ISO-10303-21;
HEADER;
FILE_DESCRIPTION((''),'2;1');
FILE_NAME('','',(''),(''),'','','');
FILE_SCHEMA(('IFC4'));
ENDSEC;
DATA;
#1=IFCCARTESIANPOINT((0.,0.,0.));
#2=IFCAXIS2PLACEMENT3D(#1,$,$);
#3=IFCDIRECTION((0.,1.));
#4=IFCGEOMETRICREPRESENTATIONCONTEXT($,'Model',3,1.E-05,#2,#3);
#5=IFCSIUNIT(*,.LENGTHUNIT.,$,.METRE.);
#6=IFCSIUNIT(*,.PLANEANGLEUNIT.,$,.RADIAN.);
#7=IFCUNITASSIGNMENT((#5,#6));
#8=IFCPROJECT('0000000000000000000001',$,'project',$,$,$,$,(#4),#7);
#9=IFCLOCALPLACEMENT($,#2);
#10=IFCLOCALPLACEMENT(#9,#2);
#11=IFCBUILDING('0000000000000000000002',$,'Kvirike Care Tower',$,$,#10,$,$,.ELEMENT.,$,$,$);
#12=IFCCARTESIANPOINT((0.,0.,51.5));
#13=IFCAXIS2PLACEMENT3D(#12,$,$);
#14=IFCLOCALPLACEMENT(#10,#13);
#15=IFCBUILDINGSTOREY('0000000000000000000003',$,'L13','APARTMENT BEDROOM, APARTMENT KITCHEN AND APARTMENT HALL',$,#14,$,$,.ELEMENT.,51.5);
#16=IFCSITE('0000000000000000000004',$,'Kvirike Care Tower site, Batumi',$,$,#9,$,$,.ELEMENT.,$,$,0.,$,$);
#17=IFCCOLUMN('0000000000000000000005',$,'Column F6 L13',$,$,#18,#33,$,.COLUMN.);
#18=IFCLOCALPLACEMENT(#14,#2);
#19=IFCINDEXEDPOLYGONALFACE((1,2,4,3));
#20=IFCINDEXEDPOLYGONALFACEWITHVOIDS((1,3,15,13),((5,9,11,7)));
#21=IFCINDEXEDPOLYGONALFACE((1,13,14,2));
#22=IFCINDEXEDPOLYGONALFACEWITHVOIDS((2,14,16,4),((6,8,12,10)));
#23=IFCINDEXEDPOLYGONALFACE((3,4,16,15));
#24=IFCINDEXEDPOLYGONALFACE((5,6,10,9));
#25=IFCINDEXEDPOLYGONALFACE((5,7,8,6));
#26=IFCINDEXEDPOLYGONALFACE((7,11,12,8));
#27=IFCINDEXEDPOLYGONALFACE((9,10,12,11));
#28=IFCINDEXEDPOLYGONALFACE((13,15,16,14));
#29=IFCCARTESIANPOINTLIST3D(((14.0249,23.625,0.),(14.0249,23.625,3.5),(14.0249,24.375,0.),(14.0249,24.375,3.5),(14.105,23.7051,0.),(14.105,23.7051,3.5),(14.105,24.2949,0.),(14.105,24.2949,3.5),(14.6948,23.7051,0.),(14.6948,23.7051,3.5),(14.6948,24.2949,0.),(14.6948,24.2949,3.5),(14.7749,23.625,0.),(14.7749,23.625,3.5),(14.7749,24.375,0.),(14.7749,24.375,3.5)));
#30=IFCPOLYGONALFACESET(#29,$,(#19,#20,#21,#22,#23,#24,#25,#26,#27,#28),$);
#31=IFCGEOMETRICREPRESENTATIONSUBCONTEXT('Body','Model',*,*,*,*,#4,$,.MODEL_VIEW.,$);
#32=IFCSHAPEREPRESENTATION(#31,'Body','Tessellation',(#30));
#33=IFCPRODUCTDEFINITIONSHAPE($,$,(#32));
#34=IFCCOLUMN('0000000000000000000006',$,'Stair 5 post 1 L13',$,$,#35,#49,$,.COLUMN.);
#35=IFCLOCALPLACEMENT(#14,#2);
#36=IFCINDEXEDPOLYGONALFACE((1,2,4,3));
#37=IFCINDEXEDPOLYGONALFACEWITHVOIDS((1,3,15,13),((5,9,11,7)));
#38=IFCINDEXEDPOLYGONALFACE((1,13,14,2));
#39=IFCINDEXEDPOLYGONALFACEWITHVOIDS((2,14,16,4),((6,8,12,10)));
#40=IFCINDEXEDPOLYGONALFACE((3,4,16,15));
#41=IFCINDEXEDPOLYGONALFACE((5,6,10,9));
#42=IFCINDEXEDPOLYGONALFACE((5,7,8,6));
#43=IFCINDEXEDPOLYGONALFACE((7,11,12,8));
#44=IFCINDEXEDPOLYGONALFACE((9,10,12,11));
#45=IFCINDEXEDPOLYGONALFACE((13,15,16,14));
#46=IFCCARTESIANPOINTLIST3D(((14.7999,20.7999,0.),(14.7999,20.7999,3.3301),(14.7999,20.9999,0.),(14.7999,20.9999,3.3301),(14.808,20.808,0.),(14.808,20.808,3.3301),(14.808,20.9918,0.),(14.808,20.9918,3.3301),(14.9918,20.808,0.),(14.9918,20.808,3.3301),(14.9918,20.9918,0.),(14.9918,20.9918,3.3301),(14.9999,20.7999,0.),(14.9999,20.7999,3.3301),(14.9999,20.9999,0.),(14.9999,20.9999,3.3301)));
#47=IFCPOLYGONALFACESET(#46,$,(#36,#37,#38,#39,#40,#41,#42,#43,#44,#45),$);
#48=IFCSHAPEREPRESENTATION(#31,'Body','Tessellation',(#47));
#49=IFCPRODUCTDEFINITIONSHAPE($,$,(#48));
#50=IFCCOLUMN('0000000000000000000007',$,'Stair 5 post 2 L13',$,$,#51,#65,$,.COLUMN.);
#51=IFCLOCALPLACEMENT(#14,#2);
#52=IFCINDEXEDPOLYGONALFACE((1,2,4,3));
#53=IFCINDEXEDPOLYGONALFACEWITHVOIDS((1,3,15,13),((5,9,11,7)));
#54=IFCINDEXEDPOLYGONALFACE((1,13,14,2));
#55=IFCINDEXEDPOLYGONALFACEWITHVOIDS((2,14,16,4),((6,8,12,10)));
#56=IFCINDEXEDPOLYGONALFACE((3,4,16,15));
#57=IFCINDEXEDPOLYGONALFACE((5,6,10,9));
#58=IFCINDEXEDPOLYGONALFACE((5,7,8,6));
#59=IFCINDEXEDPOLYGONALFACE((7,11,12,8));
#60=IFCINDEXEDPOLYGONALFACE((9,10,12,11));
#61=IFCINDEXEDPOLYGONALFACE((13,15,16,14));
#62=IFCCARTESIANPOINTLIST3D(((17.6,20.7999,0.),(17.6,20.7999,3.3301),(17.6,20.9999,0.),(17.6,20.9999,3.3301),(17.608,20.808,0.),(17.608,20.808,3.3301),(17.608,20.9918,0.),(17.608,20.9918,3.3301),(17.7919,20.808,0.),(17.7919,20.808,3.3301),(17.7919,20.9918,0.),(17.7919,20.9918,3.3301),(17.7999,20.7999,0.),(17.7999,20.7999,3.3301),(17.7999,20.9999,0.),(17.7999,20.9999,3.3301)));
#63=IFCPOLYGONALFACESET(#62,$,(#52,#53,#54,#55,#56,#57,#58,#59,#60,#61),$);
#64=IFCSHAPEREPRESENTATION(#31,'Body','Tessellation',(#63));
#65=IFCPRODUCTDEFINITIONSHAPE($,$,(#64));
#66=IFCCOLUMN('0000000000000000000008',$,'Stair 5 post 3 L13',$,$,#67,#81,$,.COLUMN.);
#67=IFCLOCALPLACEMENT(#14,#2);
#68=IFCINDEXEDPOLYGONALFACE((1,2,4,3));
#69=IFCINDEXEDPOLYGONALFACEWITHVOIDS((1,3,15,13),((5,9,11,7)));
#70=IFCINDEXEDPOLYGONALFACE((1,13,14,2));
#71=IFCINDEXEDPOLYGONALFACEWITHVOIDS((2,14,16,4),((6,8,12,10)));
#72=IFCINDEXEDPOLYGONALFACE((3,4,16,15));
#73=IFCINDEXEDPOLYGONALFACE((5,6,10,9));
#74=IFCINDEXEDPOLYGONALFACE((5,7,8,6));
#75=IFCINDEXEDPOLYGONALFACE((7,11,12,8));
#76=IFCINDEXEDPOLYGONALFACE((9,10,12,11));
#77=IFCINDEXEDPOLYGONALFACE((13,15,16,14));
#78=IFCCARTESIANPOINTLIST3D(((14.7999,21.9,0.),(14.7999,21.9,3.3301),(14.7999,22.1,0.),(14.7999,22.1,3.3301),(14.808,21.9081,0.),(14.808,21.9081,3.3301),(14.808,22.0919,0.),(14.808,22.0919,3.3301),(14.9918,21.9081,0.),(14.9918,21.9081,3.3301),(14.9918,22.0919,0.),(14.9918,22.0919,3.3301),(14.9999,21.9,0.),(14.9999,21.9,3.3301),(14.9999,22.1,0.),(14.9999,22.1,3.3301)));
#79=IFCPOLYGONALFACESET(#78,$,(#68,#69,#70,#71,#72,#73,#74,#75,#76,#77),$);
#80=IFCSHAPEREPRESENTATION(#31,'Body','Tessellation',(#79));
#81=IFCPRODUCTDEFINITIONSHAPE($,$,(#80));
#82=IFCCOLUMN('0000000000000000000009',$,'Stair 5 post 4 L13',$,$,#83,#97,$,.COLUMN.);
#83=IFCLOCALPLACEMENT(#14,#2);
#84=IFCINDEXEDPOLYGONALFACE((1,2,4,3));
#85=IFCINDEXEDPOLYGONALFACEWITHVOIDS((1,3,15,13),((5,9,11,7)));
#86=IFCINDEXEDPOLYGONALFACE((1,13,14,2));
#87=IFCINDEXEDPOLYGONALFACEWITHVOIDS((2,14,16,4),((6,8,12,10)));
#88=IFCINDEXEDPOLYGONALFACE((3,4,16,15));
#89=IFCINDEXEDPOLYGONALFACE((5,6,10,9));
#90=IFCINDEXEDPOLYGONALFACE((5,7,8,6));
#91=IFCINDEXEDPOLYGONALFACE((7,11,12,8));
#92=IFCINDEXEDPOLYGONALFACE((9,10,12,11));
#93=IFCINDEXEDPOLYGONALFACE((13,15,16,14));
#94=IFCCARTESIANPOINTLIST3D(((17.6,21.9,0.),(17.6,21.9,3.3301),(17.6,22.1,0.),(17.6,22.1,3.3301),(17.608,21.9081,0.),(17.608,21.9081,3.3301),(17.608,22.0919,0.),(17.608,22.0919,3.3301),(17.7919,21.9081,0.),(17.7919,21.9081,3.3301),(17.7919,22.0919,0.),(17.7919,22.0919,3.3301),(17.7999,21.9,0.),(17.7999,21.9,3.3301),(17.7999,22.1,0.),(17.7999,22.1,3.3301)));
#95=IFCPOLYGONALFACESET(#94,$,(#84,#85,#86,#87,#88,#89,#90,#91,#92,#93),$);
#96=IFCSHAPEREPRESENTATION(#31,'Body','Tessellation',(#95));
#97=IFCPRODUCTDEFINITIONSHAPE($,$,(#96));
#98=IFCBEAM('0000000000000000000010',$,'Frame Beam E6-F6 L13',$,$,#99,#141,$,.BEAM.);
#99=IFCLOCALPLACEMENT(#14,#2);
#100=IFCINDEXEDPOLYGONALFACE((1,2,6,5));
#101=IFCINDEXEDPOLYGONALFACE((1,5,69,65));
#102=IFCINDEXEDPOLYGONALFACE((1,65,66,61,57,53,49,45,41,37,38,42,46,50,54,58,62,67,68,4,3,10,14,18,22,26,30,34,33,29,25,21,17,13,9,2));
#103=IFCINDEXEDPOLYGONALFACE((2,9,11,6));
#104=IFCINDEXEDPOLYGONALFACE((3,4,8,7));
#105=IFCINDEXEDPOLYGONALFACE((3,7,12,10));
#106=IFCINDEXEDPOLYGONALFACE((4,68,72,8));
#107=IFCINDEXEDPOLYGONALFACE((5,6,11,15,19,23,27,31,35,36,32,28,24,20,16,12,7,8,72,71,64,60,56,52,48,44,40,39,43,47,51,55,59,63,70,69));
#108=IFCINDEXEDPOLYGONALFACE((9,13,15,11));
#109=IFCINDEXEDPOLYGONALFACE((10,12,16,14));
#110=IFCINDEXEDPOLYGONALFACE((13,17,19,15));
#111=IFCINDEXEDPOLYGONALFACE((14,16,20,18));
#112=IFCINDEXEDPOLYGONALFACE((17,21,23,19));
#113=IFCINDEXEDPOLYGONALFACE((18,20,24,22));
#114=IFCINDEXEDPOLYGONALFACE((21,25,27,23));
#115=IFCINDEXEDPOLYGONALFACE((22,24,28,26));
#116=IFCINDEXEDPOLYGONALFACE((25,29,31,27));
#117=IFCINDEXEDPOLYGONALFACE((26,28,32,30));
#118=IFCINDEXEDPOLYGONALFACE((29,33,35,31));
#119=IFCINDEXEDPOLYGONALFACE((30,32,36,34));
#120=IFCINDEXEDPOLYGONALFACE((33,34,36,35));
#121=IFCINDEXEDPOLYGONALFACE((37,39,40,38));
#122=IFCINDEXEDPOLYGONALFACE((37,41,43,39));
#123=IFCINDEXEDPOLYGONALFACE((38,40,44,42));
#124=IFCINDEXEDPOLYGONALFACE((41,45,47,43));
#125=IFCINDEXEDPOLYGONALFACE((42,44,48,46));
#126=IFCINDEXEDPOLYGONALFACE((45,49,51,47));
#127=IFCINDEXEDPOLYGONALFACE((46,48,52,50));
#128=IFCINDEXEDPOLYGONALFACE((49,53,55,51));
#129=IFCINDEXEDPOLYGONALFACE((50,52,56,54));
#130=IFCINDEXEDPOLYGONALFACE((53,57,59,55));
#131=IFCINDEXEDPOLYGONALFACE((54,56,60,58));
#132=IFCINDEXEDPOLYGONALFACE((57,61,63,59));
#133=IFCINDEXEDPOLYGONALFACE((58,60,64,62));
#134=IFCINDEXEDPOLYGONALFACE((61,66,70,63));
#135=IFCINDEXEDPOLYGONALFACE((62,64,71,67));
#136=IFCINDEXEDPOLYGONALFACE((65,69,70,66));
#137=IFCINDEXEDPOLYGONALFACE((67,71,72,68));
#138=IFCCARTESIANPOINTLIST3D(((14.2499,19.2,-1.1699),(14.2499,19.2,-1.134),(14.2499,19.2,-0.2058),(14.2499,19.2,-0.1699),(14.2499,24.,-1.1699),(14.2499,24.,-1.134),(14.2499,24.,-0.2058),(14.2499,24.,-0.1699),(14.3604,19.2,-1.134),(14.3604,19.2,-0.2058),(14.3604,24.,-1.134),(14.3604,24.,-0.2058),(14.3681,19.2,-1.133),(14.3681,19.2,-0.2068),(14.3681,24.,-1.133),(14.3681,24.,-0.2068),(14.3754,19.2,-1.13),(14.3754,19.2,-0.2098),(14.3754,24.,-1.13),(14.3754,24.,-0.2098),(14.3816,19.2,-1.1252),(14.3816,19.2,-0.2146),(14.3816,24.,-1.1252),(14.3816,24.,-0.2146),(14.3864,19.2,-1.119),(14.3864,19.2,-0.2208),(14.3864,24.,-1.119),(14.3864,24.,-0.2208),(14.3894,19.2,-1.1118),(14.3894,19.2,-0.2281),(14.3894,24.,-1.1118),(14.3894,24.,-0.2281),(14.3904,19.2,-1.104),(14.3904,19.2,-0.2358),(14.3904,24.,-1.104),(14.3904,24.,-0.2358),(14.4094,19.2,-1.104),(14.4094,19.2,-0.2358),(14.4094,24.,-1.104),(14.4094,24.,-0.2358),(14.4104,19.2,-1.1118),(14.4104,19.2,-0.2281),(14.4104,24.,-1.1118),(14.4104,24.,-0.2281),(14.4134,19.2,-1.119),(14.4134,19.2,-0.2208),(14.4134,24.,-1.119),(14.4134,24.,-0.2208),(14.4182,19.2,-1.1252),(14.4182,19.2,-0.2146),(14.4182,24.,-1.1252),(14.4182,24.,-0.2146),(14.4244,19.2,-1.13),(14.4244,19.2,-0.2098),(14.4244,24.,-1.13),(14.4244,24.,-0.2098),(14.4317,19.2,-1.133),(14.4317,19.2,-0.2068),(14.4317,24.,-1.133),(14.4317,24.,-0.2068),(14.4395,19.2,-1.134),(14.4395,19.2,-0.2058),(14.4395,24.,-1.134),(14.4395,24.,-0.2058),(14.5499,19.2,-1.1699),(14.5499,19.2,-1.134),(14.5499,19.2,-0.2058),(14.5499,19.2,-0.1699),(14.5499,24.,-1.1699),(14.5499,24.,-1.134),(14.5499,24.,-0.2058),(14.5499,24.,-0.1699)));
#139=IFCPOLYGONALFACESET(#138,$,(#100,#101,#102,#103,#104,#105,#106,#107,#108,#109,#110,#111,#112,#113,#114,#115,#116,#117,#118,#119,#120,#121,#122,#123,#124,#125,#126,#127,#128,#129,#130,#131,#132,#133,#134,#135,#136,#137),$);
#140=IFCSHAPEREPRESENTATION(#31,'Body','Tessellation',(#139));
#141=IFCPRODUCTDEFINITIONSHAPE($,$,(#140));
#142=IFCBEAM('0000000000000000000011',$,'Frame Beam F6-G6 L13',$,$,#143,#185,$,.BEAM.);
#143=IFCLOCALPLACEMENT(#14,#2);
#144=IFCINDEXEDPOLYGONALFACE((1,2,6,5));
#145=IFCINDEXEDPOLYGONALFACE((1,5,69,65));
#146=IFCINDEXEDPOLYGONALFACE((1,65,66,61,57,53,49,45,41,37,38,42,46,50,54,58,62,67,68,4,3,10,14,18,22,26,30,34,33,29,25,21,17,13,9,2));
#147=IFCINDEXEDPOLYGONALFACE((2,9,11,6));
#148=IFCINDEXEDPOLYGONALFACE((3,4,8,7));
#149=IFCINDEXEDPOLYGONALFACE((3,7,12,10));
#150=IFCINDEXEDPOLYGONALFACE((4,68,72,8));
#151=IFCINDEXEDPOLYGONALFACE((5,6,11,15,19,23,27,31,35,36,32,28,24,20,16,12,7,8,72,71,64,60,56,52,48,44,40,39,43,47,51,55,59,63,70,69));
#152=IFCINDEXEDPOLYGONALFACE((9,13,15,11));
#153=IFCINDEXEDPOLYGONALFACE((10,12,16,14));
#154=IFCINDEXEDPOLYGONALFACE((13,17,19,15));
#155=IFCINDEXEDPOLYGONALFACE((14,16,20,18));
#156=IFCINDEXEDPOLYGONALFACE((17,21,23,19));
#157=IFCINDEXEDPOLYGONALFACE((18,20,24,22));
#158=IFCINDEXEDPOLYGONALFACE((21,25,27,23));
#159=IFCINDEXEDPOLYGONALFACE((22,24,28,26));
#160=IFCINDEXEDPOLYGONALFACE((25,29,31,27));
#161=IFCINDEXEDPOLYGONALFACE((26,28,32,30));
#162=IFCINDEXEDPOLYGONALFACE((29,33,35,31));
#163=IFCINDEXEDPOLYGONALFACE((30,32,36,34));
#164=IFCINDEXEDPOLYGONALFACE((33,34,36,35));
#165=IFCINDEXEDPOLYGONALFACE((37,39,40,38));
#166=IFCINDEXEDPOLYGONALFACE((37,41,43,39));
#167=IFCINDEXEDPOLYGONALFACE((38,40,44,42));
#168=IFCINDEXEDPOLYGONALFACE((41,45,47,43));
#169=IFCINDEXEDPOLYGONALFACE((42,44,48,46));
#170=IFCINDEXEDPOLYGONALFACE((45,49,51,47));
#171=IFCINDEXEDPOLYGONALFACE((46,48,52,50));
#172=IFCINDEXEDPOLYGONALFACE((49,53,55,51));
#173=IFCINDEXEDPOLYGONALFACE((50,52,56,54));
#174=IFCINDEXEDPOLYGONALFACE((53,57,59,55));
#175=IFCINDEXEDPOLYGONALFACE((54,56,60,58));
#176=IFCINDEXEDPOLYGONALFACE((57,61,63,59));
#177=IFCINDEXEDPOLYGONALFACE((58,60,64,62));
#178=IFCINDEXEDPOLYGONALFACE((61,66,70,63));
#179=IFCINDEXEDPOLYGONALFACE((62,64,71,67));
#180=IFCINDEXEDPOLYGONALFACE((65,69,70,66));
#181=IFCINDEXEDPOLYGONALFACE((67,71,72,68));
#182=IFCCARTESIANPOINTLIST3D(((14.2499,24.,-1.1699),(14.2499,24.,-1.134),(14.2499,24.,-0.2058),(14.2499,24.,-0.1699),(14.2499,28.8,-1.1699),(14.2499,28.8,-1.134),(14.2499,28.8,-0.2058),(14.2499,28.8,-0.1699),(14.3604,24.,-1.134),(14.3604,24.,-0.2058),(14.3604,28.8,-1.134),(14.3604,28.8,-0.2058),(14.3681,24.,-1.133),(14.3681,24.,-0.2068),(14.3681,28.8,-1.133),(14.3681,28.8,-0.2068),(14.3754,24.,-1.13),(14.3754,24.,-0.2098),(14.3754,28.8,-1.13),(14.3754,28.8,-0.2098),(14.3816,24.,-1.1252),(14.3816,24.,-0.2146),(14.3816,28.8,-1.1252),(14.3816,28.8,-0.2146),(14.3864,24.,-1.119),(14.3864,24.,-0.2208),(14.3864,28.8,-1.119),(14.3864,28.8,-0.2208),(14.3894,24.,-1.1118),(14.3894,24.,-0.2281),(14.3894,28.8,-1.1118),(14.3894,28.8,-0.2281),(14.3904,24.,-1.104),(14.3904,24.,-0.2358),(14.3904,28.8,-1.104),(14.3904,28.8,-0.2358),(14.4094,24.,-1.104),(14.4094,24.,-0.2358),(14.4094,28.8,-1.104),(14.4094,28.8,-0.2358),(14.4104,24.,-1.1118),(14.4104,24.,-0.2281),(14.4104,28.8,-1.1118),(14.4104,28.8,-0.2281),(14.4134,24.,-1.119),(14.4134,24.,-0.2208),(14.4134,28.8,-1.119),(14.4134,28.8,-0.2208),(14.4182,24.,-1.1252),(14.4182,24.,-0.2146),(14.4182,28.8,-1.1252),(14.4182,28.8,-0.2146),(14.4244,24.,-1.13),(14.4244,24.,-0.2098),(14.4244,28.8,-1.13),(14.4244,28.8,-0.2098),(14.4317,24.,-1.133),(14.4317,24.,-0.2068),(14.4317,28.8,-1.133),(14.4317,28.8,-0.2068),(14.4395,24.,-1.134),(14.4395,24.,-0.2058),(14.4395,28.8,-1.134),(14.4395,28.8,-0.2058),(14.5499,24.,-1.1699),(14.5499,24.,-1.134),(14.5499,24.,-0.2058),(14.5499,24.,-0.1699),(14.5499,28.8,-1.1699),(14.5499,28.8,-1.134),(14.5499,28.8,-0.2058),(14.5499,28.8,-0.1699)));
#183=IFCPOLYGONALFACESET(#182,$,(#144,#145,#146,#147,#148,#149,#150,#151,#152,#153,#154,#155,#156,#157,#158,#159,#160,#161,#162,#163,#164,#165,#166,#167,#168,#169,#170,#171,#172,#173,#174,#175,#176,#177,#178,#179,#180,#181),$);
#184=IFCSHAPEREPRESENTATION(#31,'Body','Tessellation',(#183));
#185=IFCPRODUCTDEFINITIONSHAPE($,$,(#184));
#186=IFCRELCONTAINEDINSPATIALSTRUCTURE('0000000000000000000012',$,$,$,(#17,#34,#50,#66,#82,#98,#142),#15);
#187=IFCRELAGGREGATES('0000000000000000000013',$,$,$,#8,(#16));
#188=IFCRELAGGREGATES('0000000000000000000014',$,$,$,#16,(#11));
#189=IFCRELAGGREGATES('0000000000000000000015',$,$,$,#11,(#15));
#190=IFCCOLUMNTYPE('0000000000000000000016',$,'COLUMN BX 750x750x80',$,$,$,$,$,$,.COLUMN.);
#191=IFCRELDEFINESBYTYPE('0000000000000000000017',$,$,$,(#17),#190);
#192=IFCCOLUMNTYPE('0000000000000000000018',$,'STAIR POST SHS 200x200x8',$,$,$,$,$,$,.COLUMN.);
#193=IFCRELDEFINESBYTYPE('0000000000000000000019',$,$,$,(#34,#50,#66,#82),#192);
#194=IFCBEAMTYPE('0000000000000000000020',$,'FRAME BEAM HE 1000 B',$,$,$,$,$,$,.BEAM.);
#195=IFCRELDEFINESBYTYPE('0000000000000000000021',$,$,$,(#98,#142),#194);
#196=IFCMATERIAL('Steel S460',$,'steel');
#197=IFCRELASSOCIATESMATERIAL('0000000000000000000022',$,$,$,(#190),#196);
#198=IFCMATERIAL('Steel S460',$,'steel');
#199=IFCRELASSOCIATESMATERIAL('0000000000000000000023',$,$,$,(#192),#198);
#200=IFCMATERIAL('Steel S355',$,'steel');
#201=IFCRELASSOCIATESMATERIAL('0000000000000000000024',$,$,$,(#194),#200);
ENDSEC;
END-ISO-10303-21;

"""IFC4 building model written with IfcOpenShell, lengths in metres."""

from ifc_helpers import new_model, si_unit, direction, frame, origin, origin_2d, place, context, subcontext, project, spatial, hollow_rectangle, i_section, extrude, material, material_profile, profile_set, type_object, element, save


model = new_model("IFC4")

# Units and contexts
model_context = context("Model", 3, precision=1e-05, world=origin(), true_north=direction((0.0, 1.0)))
body_context = subcontext(model_context, "Body", "Model", "MODEL_VIEW")
ifc_project = project(units=[si_unit("LENGTHUNIT", "METRE"), si_unit("PLANEANGLEUNIT", "RADIAN")], contexts=[model_context])

# Site, building, storey
site_placement = place(None, origin())
site = spatial("IfcSite", under=ifc_project, at=site_placement, Name="Kvirike Care Tower site, Batumi", CompositionType="ELEMENT", RefElevation=0.0)
building_placement = place(site_placement, origin())
building = spatial("IfcBuilding", under=site, at=building_placement, Name="Kvirike Care Tower", CompositionType="ELEMENT")
storey_placement = place(building_placement, frame((0.0, 0.0, 51.5)))
storey = spatial("IfcBuildingStorey", under=building, at=storey_placement, Name="L13", Description="APARTMENT BEDROOM, APARTMENT KITCHEN AND APARTMENT HALL", CompositionType="ELEMENT", Elevation=51.5)

# Columns
ifc_material_1 = material(Name="Steel S460", Category="steel")
ifc_material_profile_1 = material_profile(ifc_material_1, hollow_rectangle(XDim=0.75, YDim=0.75, WallThickness=0.0801, at=origin_2d()), Name="BX 750x750x80")
ifc_profile_set_1 = profile_set([ifc_material_profile_1], Name="Steel S460")
column_type_1 = type_object("IfcColumnType", Name="COLUMN BX 750x750x80", PredefinedType="COLUMN", material=ifc_profile_set_1)
column_placement = place(storey_placement, frame((14.3999, 24.0, 0.0), z_axis=(0.0, 0.0, 1.0), x_axis=(1.0, 0.0, 0.0)))
element("IfcColumn", 1, at=column_placement, inside=storey, type_object=column_type_1, Name="Column F6 L13", PredefinedType="COLUMN", context=body_context, shape_type="SweptSolid", body=[
    extrude(hollow_rectangle(XDim=0.75, YDim=0.75, WallThickness=0.0801, at=origin_2d()), origin(), (0.0, 0.0, 1.0), 3.5),
])
ifc_material_2 = material(Name="Steel S460", Category="steel")
ifc_material_profile_2 = material_profile(ifc_material_2, hollow_rectangle(XDim=0.2, YDim=0.2, WallThickness=0.0081, at=origin_2d()), Name="SHS 200x200x8")
ifc_profile_set_2 = profile_set([ifc_material_profile_2], Name="Steel S460")
column_type_2 = type_object("IfcColumnType", Name="STAIR POST SHS 200x200x8", PredefinedType="COLUMN", material=ifc_profile_set_2)
for number, where, z_axis, x_axis, name in (
    (2, (14.8999, 20.8999, 0.0), (0.0, 0.0, 1.0), (1.0, 0.0, 0.0), "Stair 5 post 1 L13"),
    (3, (17.7, 20.8999, 0.0), (0.0, 0.0, 1.0), (1.0, 0.0, 0.0), "Stair 5 post 2 L13"),
    (4, (14.8999, 22.0, 0.0), (0.0, 0.0, 1.0), (1.0, 0.0, 0.0), "Stair 5 post 3 L13"),
    (5, (17.7, 22.0, 0.0), (0.0, 0.0, 1.0), (1.0, 0.0, 0.0), "Stair 5 post 4 L13"),
):
    element("IfcColumn", number, at=place(storey_placement, frame(where, z_axis=z_axis, x_axis=x_axis)), inside=storey, type_object=column_type_2, Name=name, PredefinedType="COLUMN", context=body_context, shape_type="SweptSolid", body=[
        extrude(hollow_rectangle(XDim=0.2, YDim=0.2, WallThickness=0.0081, at=origin_2d()), origin(), (0.0, 0.0, 1.0), 3.3301),
    ])

# Beams
ifc_material_3 = material(Name="Steel S355", Category="steel")
ifc_material_profile_3 = material_profile(ifc_material_3, i_section(OverallWidth=0.3, OverallDepth=1.0, WebThickness=0.019, FlangeThickness=0.0359, FilletRadius=0.03, at=origin_2d()), Name="HE 1000 B")
ifc_profile_set_3 = profile_set([ifc_material_profile_3], Name="Steel S355")
beam_type_1 = type_object("IfcBeamType", Name="FRAME BEAM HE 1000 B", PredefinedType="BEAM", material=ifc_profile_set_3)
for number, where, z_axis, x_axis, name in (
    (6, (14.3999, 19.2, -0.6699), (0.0, 1.0, 0.0), (-1.0, 0.0, 0.0), "Frame Beam E6-F6 L13"),
    (7, (14.3999, 24.0, -0.6699), (0.0, 1.0, 0.0), (-1.0, 0.0, 0.0), "Frame Beam F6-G6 L13"),
):
    element("IfcBeam", number, at=place(storey_placement, frame(where, z_axis=z_axis, x_axis=x_axis)), inside=storey, type_object=beam_type_1, Name=name, PredefinedType="BEAM", context=body_context, shape_type="SweptSolid", body=[
        extrude(i_section(OverallWidth=0.3, OverallDepth=1.0, WebThickness=0.019, FlangeThickness=0.0359, FilletRadius=0.03, at=origin_2d()), origin(), (0.0, 0.0, 1.0), 4.8),
    ])

save(model, "model.ifc")
